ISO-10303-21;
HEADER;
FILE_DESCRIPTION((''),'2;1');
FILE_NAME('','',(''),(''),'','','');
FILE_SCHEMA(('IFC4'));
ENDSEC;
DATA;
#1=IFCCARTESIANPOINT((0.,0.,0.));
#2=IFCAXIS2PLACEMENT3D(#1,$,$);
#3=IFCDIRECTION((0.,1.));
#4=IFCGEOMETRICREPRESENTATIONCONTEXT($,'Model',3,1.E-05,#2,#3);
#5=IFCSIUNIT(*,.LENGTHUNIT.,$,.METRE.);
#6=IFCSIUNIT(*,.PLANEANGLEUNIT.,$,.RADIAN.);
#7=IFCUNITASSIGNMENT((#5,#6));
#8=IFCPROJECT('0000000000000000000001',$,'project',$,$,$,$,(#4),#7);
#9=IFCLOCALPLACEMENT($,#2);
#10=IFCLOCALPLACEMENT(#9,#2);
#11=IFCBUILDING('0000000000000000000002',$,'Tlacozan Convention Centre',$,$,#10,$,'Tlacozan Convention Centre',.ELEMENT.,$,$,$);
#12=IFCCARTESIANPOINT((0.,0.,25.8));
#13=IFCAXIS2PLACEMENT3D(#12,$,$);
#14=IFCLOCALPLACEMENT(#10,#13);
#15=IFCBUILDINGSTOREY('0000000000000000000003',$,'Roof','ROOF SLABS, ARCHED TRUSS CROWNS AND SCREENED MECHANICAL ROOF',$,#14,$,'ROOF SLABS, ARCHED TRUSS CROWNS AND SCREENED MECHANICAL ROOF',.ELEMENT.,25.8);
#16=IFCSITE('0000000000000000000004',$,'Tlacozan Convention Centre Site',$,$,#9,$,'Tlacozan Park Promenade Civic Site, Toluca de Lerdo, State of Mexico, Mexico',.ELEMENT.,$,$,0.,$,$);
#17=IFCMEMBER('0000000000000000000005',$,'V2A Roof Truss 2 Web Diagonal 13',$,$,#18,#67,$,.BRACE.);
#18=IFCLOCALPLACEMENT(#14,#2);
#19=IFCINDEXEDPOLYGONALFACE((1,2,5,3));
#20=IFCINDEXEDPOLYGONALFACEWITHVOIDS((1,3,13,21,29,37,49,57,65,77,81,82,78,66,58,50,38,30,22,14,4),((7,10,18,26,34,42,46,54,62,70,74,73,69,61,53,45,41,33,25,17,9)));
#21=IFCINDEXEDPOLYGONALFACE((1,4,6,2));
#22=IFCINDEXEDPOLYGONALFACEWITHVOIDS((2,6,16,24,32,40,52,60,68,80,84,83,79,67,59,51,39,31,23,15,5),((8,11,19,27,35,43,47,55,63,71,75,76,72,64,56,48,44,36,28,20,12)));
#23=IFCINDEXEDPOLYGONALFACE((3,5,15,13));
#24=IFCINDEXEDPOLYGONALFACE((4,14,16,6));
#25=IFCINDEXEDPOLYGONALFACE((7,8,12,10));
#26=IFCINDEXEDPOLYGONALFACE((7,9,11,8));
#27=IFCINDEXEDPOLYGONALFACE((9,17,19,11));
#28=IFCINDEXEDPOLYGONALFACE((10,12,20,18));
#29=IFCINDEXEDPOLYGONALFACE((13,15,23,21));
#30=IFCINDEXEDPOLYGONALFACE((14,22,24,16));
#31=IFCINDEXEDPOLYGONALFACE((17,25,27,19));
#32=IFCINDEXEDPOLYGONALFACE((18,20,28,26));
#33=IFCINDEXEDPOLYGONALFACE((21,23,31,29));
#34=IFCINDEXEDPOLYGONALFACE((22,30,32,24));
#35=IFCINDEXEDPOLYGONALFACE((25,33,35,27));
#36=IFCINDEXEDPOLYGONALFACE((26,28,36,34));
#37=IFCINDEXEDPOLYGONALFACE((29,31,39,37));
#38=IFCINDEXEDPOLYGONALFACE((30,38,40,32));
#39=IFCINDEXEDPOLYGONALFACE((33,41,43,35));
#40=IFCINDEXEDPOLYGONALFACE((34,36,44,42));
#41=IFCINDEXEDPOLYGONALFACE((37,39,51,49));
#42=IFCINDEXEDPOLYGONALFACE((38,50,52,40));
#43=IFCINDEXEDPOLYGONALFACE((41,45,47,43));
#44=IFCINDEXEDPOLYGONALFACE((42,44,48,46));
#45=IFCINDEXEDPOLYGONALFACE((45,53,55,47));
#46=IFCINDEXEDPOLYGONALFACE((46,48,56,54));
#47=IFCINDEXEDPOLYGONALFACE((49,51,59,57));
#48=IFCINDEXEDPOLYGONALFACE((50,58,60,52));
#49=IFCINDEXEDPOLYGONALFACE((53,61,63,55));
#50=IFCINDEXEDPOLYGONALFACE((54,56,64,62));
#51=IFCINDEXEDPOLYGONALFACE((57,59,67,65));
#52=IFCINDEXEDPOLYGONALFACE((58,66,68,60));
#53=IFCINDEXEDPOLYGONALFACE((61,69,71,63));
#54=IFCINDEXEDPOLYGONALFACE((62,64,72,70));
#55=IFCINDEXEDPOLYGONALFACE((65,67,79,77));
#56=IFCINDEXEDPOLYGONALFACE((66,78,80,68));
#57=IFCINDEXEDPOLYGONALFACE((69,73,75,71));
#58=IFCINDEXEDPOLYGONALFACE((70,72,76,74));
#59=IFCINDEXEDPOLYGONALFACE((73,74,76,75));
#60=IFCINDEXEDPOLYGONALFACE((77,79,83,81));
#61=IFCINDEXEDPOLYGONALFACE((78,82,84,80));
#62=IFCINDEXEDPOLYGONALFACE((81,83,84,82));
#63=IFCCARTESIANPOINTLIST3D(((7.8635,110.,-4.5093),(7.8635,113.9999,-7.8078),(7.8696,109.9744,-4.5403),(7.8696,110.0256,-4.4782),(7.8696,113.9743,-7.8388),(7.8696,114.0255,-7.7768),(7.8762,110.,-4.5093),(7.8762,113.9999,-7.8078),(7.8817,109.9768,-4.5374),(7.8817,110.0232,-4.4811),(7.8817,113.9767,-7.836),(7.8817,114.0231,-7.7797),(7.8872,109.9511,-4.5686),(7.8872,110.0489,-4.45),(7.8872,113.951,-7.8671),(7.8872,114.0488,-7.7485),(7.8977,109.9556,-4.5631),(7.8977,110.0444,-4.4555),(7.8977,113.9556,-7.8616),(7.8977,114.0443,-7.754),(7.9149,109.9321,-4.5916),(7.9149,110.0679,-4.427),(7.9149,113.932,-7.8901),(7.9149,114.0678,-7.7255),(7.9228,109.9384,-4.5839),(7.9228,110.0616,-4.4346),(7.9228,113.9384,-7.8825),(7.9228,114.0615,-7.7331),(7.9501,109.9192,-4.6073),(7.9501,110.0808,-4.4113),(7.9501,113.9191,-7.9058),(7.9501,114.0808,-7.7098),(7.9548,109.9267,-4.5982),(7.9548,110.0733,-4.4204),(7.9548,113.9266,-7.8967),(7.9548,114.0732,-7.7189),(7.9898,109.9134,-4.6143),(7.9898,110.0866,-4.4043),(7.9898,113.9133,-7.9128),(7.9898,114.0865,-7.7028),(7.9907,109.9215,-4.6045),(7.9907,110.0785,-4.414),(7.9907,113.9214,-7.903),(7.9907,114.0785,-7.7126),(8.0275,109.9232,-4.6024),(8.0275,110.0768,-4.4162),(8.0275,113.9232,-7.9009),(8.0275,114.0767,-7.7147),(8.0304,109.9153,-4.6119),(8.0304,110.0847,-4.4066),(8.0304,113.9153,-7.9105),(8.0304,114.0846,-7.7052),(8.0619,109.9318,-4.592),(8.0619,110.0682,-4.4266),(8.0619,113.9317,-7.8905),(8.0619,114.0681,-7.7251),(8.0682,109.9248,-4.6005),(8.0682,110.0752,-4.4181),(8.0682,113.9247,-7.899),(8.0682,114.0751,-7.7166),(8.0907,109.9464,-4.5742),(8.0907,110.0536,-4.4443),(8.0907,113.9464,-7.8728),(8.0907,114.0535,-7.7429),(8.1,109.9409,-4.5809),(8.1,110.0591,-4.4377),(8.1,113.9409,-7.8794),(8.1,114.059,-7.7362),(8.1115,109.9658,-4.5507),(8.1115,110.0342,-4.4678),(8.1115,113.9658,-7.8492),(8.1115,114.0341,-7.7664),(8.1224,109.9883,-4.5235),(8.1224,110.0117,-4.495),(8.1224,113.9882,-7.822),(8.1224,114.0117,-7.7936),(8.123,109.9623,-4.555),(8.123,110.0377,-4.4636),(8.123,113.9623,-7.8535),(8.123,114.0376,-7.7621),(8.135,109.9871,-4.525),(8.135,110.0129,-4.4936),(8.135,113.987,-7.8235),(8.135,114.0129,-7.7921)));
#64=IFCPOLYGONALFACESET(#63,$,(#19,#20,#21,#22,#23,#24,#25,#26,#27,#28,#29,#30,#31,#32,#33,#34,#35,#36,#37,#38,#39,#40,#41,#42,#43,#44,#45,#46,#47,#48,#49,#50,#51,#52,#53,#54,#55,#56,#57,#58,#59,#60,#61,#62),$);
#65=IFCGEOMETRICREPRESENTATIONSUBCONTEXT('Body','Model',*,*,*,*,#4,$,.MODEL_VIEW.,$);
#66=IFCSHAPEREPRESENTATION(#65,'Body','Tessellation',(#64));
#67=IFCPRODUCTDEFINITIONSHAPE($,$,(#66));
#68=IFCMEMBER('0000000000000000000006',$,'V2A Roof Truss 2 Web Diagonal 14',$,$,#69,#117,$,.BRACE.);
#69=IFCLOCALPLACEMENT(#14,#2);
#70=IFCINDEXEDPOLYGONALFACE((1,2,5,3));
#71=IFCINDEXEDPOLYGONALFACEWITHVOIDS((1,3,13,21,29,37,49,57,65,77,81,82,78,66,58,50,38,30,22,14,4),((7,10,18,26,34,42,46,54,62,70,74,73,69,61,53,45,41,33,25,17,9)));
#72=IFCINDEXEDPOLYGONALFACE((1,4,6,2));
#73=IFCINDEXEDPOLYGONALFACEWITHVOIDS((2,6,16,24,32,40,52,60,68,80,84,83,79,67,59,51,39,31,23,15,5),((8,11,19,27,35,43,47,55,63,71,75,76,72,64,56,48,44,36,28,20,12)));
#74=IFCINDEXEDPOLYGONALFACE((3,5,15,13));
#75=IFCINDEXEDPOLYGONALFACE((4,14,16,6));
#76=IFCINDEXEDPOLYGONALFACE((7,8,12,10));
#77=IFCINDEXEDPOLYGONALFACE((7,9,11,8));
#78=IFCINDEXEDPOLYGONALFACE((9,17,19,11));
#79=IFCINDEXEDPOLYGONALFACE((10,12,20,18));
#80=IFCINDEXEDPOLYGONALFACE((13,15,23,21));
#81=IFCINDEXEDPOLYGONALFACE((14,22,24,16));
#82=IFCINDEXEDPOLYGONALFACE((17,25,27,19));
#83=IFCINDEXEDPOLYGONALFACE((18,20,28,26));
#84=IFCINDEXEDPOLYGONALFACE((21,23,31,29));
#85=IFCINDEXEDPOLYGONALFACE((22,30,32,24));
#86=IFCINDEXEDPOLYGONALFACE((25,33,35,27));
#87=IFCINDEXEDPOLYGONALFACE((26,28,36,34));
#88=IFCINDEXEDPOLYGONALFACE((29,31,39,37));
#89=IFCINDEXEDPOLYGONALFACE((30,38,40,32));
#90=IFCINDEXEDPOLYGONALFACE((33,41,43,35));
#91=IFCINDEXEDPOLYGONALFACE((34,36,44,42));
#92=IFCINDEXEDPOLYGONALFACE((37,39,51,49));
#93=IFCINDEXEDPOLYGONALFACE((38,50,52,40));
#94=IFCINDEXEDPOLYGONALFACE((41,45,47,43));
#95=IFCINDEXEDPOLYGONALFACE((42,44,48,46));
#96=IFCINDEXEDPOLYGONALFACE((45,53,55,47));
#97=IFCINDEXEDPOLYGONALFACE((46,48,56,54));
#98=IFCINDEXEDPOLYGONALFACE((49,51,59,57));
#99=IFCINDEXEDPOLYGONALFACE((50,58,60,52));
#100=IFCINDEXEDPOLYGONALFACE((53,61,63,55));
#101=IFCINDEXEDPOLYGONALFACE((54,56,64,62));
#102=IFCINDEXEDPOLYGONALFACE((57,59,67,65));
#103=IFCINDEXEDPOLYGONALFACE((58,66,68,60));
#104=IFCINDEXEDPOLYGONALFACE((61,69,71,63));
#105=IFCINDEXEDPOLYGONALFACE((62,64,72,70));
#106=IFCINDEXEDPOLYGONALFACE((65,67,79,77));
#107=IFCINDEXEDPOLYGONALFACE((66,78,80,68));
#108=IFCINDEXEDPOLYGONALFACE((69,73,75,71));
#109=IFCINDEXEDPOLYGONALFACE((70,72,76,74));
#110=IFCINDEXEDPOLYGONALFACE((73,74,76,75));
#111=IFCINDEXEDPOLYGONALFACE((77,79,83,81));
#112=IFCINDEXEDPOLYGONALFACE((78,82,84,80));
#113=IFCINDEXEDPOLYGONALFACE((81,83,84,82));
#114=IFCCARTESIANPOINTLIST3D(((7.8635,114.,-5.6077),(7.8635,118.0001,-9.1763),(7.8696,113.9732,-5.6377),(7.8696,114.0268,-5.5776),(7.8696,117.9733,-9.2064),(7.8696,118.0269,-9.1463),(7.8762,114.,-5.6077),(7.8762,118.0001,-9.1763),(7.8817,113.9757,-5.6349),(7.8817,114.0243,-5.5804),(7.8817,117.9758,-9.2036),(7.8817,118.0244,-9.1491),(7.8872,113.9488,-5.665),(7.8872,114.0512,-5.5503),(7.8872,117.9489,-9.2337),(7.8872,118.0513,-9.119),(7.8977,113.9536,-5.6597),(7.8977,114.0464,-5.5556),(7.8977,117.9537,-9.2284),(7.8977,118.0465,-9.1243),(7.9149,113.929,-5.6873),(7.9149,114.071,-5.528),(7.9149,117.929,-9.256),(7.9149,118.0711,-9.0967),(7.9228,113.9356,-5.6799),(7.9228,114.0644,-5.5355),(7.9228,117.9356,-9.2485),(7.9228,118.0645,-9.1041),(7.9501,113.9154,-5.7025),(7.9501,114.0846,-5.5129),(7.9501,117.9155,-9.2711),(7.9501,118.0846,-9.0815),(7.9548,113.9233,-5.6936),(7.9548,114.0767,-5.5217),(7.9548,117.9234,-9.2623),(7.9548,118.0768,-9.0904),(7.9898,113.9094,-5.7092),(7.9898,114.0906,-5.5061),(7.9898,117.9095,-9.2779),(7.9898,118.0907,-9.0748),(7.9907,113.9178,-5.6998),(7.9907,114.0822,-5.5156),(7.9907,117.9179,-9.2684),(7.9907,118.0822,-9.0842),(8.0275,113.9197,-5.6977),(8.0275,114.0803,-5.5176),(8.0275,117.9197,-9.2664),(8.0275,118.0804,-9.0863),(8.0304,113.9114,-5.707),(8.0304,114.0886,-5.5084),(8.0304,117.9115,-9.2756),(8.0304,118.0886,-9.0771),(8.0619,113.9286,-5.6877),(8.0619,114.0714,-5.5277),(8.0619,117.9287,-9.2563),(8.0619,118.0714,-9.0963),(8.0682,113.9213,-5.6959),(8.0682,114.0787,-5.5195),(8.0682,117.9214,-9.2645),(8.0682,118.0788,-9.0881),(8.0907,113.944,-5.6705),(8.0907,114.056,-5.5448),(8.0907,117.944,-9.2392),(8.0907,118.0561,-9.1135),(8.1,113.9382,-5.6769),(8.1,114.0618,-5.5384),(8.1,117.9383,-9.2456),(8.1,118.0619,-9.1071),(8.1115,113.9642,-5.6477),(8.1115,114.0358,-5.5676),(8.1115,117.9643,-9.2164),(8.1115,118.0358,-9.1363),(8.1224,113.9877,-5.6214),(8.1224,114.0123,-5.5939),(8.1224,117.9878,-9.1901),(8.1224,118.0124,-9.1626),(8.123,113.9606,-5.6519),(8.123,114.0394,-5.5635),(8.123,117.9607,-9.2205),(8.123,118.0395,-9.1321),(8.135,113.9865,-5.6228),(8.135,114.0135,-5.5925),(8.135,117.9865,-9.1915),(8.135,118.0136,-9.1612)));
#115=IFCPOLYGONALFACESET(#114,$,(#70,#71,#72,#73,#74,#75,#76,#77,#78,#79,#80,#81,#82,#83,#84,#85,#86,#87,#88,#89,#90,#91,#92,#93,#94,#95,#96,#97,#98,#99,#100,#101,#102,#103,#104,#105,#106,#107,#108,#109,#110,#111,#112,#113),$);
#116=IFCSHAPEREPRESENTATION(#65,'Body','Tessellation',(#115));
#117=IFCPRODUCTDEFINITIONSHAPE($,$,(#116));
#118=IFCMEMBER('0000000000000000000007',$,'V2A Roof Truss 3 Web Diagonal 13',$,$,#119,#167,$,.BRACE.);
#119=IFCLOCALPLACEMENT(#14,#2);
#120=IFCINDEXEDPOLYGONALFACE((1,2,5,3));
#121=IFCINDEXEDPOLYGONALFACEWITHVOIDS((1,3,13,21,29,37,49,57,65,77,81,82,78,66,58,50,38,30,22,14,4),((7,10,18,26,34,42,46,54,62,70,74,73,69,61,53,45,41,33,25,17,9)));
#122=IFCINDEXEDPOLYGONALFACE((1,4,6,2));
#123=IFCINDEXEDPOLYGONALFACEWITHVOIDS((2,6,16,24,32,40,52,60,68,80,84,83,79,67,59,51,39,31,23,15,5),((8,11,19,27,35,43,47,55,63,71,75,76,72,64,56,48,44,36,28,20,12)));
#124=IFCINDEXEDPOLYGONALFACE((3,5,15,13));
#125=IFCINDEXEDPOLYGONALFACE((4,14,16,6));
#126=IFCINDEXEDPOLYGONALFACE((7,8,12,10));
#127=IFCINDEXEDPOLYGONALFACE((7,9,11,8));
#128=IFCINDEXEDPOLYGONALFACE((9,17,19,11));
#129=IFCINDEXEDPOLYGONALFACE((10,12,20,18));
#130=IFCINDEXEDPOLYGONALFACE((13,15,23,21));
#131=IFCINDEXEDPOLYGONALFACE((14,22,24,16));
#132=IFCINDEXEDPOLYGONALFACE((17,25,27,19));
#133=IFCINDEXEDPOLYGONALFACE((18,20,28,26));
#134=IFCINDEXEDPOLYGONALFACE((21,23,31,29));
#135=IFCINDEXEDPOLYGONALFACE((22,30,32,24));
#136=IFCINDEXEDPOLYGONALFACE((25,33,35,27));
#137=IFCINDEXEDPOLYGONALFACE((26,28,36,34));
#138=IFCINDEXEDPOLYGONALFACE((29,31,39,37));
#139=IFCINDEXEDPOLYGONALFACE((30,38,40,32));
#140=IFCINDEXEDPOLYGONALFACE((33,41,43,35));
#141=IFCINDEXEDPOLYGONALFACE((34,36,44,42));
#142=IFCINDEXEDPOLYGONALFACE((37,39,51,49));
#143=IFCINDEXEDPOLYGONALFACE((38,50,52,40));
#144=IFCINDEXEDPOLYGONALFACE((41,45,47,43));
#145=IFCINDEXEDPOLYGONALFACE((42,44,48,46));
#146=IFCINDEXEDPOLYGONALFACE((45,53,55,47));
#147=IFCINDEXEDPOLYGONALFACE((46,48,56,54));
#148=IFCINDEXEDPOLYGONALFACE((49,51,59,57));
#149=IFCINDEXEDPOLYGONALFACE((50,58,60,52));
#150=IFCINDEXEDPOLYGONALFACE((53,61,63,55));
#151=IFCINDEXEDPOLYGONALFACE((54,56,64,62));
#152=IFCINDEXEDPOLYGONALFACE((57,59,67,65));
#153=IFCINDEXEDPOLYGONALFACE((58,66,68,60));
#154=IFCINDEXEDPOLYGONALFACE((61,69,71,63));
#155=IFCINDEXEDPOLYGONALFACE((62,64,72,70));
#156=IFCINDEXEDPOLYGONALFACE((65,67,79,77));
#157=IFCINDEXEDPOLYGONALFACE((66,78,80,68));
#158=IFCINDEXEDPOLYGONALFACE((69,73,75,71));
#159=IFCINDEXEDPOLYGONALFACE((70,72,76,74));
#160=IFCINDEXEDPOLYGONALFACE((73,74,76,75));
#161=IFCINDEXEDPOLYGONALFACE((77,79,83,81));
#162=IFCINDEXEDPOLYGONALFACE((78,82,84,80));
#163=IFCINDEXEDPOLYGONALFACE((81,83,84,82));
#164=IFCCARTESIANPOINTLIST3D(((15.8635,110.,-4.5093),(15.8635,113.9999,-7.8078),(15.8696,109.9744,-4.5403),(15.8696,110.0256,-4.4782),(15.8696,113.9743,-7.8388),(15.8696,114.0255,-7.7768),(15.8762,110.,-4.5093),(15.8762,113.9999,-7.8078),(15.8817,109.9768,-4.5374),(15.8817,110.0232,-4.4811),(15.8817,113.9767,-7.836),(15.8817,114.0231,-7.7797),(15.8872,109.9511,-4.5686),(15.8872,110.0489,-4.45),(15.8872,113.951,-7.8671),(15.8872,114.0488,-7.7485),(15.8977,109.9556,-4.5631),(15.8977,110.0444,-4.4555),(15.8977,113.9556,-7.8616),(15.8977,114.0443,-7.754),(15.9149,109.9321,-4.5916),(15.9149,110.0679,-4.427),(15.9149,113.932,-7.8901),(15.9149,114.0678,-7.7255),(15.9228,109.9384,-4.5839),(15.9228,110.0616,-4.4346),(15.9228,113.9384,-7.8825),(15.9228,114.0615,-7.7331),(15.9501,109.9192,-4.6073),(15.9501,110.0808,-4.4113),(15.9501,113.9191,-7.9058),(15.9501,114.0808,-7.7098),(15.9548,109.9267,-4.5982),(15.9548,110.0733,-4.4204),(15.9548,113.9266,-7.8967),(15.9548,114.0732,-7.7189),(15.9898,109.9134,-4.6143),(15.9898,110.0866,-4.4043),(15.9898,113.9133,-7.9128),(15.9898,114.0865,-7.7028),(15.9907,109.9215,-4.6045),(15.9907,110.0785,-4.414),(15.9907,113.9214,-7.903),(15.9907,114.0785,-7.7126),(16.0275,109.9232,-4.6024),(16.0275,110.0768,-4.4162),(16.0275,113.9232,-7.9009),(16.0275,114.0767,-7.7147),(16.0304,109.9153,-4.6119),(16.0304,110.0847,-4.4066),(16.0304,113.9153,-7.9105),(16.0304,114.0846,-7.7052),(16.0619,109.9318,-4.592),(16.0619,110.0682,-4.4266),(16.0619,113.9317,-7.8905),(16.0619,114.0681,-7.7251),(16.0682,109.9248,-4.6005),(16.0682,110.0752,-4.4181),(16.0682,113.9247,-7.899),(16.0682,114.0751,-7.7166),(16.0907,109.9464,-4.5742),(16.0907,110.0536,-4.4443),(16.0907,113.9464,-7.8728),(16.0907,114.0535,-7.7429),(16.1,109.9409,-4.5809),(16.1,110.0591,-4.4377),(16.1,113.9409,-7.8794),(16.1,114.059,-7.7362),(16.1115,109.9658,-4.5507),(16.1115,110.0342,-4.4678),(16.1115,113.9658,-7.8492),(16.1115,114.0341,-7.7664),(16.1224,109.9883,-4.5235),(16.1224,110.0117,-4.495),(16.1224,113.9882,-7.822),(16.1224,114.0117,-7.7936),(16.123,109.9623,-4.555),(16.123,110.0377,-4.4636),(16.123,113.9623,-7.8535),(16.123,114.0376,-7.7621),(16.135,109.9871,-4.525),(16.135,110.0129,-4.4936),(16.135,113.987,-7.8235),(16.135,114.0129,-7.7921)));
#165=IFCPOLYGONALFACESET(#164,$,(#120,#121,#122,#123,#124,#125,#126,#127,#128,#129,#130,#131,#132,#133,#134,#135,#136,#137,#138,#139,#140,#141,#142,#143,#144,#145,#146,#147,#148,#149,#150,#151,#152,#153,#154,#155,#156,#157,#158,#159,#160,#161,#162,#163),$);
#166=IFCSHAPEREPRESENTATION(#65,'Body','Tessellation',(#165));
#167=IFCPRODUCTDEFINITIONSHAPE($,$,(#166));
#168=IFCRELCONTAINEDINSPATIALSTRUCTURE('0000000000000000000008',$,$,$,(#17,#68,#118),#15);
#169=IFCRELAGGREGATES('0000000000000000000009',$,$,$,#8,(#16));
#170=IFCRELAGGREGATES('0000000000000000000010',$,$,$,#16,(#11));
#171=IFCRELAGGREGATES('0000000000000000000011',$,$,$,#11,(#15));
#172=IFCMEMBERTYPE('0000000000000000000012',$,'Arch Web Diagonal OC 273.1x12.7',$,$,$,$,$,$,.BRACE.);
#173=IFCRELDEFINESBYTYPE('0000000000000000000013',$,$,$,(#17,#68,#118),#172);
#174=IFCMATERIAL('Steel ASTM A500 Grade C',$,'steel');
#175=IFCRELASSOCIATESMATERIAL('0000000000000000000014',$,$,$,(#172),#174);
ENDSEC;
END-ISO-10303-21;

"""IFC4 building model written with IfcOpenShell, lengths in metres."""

from ifc_helpers import new_model, si_unit, direction, frame, origin, origin_2d, place, context, subcontext, project, spatial, hollow_circle, extrude, material, material_profile, profile_set, type_object, element, save


model = new_model("IFC4")

# Units and contexts
model_context = context("Model", 3, precision=1e-05, world=origin(), true_north=direction((0.0, 1.0)))
body_context = subcontext(model_context, "Body", "Model", "MODEL_VIEW")
ifc_project = project(units=[si_unit("LENGTHUNIT", "METRE"), si_unit("PLANEANGLEUNIT", "RADIAN")], contexts=[model_context])

# Site, building, storey
site_placement = place(None, origin())
site = spatial("IfcSite", under=ifc_project, at=site_placement, Name="Tlacozan Convention Centre Site", LongName="Tlacozan Park Promenade Civic Site, Toluca de Lerdo, State of Mexico, Mexico", CompositionType="ELEMENT", RefElevation=0.0)
building_placement = place(site_placement, origin())
building = spatial("IfcBuilding", under=site, at=building_placement, Name="Tlacozan Convention Centre", LongName="Tlacozan Convention Centre", CompositionType="ELEMENT")
storey_placement = place(building_placement, frame((0.0, 0.0, 25.8)))
storey = spatial("IfcBuildingStorey", under=building, at=storey_placement, Name="Roof", Description="ROOF SLABS, ARCHED TRUSS CROWNS AND SCREENED MECHANICAL ROOF", LongName="ROOF SLABS, ARCHED TRUSS CROWNS AND SCREENED MECHANICAL ROOF", CompositionType="ELEMENT", Elevation=25.8)

# Members
ifc_material_1 = material(Name="Steel ASTM A500 Grade C", Category="steel")
ifc_material_profile_1 = material_profile(ifc_material_1, hollow_circle(Radius=0.1365, WallThickness=0.0127, at=origin_2d()), Name="OC 273.1x12.7")
ifc_profile_set_1 = profile_set([ifc_material_profile_1], Name="Steel ASTM A500 Grade C")
member_type_1 = type_object("IfcMemberType", Name="Arch Web Diagonal OC 273.1x12.7", PredefinedType="BRACE", material=ifc_profile_set_1)
member_1_placement = place(storey_placement, frame((8.0, 110.0, -4.5093), z_axis=(0.0, 0.771507, -0.63622), x_axis=(-1.0, 0.0, 0.0)))
element("IfcMember", 1, at=member_1_placement, inside=storey, type_object=member_type_1, Name="V2A Roof Truss 2 Web Diagonal 13", PredefinedType="BRACE", context=body_context, shape_type="SweptSolid", body=[
    extrude(hollow_circle(Radius=0.1365, WallThickness=0.0127, at=origin_2d()), origin(), (0.0, 0.0, 1.0), 5.1846),
])
member_2_placement = place(storey_placement, frame((8.0, 114.0, -5.6077), z_axis=(0.0, 0.746199, -0.665722), x_axis=(-1.0, 0.0, 0.0)))
element("IfcMember", 2, at=member_2_placement, inside=storey, type_object=member_type_1, Name="V2A Roof Truss 2 Web Diagonal 14", PredefinedType="BRACE", context=body_context, shape_type="SweptSolid", body=[
    extrude(hollow_circle(Radius=0.1365, WallThickness=0.0127, at=origin_2d()), origin(), (0.0, 0.0, 1.0), 5.3606),
])
member_3_placement = place(storey_placement, frame((16.0, 110.0, -4.5093), z_axis=(0.0, 0.771507, -0.63622), x_axis=(-1.0, 0.0, 0.0)))
element("IfcMember", 3, at=member_3_placement, inside=storey, type_object=member_type_1, Name="V2A Roof Truss 3 Web Diagonal 13", PredefinedType="BRACE", context=body_context, shape_type="SweptSolid", body=[
    extrude(hollow_circle(Radius=0.1365, WallThickness=0.0127, at=origin_2d()), origin(), (0.0, 0.0, 1.0), 5.1846),
])

save(model, "model.ifc")
